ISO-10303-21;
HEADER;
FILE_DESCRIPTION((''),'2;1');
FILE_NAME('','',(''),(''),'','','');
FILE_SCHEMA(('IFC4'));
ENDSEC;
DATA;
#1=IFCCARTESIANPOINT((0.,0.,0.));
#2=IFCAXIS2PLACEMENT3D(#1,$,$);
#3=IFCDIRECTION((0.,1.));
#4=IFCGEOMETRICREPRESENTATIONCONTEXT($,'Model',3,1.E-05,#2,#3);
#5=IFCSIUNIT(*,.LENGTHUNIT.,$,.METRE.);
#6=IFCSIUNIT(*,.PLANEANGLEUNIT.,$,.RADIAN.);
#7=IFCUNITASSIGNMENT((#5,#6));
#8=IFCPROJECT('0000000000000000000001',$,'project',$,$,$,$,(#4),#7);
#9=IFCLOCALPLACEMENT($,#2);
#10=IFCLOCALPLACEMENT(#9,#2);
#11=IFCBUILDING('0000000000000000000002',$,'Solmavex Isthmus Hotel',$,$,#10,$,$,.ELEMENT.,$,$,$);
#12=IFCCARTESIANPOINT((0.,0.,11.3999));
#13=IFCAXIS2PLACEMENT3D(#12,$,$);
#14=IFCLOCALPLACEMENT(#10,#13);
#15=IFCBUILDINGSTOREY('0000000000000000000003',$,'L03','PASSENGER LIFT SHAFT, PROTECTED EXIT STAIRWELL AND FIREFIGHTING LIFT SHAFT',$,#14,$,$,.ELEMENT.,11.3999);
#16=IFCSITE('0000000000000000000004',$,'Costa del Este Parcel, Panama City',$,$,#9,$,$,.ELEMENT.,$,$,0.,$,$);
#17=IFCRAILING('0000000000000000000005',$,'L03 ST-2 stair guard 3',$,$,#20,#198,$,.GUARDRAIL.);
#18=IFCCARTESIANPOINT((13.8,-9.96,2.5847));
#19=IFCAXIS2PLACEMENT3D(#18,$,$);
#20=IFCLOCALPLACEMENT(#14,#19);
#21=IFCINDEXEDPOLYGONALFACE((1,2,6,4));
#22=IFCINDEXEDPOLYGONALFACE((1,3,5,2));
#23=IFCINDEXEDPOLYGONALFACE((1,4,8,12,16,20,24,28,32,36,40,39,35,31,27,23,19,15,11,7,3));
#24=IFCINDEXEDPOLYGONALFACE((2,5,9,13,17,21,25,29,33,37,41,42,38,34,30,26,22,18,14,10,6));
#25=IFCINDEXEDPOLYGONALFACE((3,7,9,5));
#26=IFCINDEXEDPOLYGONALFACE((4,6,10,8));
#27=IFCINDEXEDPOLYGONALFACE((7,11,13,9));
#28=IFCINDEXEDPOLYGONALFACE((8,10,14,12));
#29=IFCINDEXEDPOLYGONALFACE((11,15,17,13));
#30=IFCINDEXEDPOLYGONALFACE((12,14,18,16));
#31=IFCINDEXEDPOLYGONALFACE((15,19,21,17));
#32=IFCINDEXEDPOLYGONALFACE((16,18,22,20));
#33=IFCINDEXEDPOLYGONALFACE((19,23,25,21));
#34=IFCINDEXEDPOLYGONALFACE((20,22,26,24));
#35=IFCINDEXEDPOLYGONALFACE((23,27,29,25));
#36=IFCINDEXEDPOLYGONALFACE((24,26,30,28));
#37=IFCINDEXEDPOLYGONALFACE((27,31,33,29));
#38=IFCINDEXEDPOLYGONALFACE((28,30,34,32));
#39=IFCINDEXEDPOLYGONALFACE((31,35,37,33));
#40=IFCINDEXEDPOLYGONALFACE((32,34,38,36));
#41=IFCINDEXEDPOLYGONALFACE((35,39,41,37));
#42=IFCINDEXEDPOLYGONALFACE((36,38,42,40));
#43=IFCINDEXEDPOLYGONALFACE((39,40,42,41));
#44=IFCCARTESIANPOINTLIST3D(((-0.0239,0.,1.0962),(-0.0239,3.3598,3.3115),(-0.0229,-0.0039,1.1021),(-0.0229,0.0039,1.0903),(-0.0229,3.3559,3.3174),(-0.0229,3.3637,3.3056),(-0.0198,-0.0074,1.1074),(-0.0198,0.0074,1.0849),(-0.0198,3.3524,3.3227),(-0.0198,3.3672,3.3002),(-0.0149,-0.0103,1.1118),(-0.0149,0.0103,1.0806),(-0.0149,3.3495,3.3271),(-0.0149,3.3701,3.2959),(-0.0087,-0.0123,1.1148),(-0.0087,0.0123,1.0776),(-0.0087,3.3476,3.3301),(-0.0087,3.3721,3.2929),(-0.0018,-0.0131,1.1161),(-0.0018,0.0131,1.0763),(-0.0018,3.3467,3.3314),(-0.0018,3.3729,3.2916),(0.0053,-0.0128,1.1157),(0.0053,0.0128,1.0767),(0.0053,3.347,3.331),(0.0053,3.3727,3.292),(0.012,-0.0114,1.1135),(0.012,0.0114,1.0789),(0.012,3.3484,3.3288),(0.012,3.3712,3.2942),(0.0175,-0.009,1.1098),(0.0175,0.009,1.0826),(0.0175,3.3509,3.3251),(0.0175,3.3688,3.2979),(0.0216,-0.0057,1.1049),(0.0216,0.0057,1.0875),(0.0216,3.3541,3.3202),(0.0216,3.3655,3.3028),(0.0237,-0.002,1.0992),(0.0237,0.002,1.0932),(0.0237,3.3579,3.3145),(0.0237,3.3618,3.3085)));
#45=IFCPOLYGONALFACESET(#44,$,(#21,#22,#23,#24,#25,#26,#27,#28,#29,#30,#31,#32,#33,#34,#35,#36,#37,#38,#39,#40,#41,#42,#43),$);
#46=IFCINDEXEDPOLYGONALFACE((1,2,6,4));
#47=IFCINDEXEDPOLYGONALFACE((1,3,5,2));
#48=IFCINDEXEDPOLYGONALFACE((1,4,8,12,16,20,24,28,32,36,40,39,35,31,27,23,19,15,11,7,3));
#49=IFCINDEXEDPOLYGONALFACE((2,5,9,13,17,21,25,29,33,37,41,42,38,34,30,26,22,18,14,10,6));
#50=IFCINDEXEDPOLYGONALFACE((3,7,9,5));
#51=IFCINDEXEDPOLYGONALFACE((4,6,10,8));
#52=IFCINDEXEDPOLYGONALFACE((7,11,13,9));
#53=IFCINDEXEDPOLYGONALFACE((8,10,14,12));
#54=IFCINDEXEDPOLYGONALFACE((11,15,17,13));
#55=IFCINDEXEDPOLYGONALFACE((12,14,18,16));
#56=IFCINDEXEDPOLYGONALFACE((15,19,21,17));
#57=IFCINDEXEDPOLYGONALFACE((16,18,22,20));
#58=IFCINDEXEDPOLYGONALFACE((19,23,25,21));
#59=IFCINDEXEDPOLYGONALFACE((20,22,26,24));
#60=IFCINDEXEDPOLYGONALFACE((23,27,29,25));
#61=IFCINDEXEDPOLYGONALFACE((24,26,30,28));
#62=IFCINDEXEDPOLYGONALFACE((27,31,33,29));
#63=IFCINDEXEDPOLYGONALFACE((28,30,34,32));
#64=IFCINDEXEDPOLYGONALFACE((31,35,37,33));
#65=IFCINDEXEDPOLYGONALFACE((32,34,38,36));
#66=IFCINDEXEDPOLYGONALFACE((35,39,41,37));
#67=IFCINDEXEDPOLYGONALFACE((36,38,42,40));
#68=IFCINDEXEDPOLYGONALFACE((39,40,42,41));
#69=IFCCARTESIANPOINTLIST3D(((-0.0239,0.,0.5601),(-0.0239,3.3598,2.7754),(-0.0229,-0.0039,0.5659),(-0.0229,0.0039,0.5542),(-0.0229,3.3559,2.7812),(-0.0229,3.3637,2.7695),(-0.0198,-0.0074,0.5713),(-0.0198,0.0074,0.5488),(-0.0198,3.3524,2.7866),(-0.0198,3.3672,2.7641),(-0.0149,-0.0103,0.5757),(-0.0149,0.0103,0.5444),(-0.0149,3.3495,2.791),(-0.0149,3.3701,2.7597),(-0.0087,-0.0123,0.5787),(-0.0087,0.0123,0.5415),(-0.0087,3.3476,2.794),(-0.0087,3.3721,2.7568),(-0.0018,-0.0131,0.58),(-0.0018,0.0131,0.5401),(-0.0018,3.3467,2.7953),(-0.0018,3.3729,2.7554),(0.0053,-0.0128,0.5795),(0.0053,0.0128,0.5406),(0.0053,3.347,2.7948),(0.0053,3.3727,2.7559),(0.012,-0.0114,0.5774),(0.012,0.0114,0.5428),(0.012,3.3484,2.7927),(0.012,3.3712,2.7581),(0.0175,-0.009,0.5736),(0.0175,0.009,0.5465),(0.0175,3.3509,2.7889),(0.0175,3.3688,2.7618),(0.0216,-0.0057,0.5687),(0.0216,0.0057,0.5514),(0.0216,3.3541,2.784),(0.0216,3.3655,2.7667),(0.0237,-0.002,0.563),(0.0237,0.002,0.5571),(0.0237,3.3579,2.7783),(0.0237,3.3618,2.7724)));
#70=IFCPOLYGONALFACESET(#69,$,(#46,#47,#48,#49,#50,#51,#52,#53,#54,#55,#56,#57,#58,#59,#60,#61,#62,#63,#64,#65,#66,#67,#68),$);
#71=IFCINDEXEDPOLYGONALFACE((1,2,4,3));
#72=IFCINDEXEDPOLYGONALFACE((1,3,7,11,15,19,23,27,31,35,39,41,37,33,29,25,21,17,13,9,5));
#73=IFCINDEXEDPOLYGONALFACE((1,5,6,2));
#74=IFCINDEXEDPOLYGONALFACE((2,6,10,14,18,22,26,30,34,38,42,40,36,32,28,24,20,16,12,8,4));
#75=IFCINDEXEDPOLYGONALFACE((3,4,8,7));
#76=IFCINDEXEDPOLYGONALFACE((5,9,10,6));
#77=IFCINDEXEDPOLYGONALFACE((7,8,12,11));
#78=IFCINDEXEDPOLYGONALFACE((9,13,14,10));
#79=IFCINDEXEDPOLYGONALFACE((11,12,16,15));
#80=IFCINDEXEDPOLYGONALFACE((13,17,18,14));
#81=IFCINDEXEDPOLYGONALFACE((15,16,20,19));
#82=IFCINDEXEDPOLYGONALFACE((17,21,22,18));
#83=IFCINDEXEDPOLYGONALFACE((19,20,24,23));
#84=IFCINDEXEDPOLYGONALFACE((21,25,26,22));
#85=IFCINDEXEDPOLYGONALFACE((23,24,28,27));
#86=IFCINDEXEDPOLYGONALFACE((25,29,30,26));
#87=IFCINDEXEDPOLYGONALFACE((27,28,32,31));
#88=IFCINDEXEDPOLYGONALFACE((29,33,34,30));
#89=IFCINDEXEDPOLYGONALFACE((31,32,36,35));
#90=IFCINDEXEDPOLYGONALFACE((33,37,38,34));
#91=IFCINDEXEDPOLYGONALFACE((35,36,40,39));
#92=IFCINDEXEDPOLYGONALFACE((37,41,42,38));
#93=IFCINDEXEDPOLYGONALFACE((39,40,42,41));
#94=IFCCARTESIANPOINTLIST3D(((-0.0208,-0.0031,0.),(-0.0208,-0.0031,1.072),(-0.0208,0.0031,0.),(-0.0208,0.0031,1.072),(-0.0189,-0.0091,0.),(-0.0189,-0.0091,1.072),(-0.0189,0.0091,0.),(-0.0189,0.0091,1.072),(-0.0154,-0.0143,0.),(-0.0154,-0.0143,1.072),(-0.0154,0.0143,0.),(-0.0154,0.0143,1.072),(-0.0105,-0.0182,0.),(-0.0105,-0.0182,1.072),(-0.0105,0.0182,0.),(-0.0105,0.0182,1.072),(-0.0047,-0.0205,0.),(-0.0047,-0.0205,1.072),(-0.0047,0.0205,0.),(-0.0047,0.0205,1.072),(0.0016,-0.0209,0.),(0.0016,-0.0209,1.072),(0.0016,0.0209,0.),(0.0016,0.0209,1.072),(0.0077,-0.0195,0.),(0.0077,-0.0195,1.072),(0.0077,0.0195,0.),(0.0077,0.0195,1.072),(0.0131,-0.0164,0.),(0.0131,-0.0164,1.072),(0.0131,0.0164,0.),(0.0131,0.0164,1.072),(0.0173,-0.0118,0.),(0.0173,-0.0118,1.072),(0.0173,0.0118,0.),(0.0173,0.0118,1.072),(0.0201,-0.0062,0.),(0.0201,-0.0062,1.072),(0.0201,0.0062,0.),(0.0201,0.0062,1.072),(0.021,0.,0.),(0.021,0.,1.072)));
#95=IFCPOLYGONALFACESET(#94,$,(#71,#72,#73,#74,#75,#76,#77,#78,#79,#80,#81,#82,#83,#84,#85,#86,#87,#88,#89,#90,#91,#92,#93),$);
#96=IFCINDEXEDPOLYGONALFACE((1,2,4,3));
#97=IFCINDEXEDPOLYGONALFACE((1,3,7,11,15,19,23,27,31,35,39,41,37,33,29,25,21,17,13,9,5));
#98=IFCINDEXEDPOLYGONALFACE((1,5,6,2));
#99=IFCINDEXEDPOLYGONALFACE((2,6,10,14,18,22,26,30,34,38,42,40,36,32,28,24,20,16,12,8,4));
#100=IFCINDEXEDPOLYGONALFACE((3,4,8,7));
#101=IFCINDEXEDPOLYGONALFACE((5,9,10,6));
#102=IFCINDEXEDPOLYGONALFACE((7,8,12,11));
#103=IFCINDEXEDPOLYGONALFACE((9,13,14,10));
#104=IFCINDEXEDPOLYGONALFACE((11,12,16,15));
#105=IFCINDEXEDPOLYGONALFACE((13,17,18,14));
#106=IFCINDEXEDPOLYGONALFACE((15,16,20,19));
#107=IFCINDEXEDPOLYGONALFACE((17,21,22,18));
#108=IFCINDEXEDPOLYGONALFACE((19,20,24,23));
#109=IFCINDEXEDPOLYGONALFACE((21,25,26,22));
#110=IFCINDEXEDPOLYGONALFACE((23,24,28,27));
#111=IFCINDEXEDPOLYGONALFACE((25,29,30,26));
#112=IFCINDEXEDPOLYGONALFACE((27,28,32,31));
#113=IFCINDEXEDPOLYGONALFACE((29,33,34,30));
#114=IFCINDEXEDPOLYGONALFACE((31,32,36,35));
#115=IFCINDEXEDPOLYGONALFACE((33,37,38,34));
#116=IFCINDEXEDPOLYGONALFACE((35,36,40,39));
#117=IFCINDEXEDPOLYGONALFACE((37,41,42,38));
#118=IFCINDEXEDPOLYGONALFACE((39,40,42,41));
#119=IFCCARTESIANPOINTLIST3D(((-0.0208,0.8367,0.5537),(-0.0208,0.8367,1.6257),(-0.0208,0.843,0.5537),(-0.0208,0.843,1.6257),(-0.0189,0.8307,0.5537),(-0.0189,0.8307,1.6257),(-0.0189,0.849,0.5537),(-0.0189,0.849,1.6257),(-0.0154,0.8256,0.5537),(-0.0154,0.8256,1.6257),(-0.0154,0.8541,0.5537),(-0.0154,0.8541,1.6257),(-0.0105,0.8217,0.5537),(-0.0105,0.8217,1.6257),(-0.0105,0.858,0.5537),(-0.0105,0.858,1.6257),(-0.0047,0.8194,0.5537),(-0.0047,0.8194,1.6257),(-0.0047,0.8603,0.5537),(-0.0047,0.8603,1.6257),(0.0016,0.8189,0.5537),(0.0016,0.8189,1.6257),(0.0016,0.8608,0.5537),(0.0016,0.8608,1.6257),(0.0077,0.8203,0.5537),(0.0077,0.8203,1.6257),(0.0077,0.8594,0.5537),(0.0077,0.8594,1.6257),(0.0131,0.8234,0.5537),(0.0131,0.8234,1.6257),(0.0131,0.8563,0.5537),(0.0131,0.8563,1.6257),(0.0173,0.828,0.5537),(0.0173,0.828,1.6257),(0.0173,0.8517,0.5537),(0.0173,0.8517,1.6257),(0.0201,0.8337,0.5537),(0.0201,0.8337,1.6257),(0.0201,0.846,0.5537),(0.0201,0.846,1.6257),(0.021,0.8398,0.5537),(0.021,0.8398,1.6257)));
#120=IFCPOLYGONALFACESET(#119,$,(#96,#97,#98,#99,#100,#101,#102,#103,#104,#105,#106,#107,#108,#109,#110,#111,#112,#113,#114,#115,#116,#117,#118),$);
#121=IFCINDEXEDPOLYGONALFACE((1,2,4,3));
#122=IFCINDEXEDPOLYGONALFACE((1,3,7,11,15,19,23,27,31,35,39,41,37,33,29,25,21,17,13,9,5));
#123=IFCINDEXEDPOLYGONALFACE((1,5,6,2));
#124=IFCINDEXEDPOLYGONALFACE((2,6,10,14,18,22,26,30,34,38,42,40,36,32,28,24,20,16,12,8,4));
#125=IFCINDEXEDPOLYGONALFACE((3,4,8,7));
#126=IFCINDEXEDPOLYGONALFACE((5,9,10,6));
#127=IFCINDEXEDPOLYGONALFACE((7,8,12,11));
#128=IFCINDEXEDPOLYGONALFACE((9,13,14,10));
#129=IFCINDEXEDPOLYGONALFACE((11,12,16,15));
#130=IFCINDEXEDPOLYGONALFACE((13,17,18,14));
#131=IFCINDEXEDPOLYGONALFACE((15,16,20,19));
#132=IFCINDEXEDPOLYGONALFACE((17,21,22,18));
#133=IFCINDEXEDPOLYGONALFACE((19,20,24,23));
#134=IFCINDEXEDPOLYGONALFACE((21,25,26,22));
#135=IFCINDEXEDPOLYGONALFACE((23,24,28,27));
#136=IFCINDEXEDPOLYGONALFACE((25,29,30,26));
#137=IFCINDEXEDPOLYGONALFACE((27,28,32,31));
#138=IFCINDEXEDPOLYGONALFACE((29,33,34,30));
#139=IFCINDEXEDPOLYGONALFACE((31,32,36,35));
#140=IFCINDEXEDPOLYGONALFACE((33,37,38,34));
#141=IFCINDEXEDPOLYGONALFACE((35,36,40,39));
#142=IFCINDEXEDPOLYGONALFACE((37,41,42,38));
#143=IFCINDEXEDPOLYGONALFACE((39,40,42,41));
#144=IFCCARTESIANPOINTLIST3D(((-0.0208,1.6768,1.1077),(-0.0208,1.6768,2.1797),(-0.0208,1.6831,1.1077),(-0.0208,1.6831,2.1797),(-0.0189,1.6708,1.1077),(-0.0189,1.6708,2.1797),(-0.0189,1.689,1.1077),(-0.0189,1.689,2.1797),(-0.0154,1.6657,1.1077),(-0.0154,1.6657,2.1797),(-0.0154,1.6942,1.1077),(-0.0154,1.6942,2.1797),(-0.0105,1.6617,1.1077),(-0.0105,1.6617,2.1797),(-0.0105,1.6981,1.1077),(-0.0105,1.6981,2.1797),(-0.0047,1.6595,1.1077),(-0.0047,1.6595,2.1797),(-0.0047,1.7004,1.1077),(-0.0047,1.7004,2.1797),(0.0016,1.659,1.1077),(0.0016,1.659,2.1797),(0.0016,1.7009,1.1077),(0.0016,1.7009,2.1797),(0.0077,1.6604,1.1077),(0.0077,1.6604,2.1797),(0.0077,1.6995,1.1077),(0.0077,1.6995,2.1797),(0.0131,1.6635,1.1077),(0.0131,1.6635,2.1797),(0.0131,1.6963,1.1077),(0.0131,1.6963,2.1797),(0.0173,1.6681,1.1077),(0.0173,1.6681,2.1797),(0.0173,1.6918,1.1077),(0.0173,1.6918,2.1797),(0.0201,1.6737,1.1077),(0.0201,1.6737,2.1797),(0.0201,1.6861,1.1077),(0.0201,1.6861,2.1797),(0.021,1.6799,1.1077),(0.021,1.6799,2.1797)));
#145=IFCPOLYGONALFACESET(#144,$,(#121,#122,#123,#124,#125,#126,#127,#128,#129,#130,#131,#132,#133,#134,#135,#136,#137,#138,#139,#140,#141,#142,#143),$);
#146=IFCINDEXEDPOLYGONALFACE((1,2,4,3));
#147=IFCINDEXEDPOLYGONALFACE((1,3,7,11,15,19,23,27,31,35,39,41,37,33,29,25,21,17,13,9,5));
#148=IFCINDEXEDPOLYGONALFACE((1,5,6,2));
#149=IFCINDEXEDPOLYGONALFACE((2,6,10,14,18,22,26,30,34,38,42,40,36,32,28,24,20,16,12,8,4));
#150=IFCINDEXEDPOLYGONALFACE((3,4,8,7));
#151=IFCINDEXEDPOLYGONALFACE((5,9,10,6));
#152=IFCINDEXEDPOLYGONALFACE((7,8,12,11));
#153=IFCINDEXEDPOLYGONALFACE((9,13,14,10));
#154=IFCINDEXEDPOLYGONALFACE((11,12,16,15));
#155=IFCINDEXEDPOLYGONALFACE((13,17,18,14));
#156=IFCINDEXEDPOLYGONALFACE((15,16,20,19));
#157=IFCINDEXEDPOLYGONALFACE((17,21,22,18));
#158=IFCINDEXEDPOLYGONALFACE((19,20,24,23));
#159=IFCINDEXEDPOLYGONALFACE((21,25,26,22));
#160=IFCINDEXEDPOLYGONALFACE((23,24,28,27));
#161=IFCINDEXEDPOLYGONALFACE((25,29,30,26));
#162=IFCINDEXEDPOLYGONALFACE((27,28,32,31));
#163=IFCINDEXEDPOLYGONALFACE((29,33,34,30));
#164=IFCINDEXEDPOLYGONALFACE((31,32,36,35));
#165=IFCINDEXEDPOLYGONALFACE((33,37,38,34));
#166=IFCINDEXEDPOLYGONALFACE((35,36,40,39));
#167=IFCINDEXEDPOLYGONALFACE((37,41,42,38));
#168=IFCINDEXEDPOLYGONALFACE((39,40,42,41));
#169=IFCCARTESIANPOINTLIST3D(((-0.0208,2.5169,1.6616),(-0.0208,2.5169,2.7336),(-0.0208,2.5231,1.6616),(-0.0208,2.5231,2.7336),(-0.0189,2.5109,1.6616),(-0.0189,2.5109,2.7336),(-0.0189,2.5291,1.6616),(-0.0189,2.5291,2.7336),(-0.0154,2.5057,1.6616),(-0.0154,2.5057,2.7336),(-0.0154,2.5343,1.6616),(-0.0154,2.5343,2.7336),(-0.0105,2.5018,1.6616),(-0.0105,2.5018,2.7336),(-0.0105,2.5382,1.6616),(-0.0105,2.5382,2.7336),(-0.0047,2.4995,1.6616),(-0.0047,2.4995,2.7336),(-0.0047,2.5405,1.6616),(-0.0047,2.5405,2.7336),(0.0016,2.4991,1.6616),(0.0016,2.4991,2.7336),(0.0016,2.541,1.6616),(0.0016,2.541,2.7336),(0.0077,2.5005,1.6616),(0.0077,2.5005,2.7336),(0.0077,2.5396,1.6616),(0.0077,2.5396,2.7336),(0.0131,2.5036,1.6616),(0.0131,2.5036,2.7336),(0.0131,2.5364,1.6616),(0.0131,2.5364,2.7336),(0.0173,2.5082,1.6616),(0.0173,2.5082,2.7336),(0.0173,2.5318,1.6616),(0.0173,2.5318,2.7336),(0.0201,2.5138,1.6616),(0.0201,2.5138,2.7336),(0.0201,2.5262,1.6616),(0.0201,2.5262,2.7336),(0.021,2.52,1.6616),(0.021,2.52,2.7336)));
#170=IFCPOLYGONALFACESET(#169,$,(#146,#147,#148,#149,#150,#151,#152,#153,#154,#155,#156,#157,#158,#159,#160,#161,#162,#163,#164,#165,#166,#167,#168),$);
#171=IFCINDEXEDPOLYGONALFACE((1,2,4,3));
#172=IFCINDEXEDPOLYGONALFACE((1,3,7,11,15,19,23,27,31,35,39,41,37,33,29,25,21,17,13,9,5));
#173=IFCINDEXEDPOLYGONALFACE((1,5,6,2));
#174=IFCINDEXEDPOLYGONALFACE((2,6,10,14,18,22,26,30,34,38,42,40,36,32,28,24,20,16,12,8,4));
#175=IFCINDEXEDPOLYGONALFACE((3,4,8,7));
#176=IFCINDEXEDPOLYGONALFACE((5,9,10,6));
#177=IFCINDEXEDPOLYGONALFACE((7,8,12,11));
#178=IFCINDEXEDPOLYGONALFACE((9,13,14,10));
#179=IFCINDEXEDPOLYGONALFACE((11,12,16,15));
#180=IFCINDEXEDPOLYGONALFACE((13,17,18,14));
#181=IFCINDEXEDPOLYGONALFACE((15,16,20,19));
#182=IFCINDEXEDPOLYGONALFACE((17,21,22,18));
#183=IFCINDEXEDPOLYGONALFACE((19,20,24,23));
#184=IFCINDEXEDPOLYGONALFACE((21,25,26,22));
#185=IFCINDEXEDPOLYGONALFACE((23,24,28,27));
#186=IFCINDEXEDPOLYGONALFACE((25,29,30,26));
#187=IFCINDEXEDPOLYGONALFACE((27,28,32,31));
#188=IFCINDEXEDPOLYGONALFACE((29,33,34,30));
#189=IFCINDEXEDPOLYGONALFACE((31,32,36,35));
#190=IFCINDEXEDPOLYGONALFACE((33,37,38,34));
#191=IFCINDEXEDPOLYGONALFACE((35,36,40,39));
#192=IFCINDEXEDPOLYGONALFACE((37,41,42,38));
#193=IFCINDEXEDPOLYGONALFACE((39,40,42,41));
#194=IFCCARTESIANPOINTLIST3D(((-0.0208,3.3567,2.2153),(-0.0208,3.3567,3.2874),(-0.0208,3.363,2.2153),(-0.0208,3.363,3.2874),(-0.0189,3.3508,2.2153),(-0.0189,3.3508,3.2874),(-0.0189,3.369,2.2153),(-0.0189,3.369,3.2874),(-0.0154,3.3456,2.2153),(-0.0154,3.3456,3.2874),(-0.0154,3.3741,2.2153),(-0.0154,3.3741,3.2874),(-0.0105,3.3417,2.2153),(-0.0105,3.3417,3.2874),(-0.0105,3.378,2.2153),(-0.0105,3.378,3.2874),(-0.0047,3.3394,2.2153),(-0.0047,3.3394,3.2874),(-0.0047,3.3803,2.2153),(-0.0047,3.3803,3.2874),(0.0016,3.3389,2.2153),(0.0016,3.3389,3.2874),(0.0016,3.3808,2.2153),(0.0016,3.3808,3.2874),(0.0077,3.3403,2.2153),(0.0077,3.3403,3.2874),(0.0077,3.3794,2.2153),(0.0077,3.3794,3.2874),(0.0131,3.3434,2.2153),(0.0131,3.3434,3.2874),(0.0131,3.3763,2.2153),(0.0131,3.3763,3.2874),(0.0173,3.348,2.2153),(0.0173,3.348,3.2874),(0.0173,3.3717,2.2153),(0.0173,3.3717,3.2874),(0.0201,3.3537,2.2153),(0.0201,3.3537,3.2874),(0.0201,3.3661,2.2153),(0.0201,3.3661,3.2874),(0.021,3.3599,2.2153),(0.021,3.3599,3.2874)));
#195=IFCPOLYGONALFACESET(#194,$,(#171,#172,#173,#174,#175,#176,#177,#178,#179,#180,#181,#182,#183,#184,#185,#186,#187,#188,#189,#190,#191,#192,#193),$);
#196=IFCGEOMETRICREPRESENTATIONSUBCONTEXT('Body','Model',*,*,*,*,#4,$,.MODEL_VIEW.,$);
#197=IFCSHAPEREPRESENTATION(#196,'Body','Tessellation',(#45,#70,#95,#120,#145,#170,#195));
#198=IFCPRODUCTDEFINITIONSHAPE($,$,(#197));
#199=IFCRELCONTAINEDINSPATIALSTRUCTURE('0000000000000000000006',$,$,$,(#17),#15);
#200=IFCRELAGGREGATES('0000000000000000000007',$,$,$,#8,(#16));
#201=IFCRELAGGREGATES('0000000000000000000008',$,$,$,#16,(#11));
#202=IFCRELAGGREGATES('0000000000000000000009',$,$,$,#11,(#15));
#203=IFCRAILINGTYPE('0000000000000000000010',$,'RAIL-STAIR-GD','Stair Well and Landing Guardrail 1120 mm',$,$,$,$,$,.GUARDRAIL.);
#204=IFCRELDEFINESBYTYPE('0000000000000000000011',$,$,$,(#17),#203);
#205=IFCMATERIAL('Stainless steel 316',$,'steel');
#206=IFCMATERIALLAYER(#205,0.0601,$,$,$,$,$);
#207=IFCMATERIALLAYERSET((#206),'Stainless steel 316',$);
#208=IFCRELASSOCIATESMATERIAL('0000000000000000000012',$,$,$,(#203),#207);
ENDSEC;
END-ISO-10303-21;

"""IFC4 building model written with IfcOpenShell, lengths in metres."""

from ifc_helpers import new_model, si_unit, direction, frame, origin, origin_2d, place, context, subcontext, project, spatial, circle, extrude, material, layer, layer_set, type_object, element, save


model = new_model("IFC4")

# Units and contexts
model_context = context("Model", 3, precision=1e-05, world=origin(), true_north=direction((0.0, 1.0)))
body_context = subcontext(model_context, "Body", "Model", "MODEL_VIEW")
ifc_project = project(units=[si_unit("LENGTHUNIT", "METRE"), si_unit("PLANEANGLEUNIT", "RADIAN")], contexts=[model_context])

# Site, building, storey
site_placement = place(None, origin())
site = spatial("IfcSite", under=ifc_project, at=site_placement, Name="Costa del Este Parcel, Panama City", CompositionType="ELEMENT", RefElevation=0.0)
building_placement = place(site_placement, origin())
building = spatial("IfcBuilding", under=site, at=building_placement, Name="Solmavex Isthmus Hotel", CompositionType="ELEMENT")
storey_placement = place(building_placement, frame((0.0, 0.0, 11.3999)))
storey = spatial("IfcBuildingStorey", under=building, at=storey_placement, Name="L03", Description="PASSENGER LIFT SHAFT, PROTECTED EXIT STAIRWELL AND FIREFIGHTING LIFT SHAFT", CompositionType="ELEMENT", Elevation=11.3999)

# Railing
ifc_material_1 = material(Name="Stainless steel 316", Category="steel")
ifc_layer_1 = layer(ifc_material_1, 0.0601)
ifc_layer_set_1 = layer_set([ifc_layer_1], Name="Stainless steel 316")
railing_type_1 = type_object("IfcRailingType", Name="RAIL-STAIR-GD", Description="Stair Well and Landing Guardrail 1120 mm", PredefinedType="GUARDRAIL", material=ifc_layer_set_1)
railing_1_placement = place(storey_placement, frame((13.8, -9.96, 2.5847)))
element("IfcRailing", 1, at=railing_1_placement, inside=storey, type_object=railing_type_1, Name="L03 ST-2 stair guard 3", PredefinedType="GUARDRAIL", context=body_context, shape_type="SweptSolid", body=[
    extrude(circle(Radius=0.0239, at=origin_2d()), frame((0.0, 0.0, 1.0962), z_axis=(0.0, 0.834858, 0.550465), x_axis=(-1.0, 0.0, 0.0)), (0.0, 0.0, 1.0), 4.0244),
    extrude(circle(Radius=0.0239, at=origin_2d()), frame((0.0, 0.0, 0.5601), z_axis=(0.0, 0.834858, 0.550465), x_axis=(-1.0, 0.0, 0.0)), (0.0, 0.0, 1.0), 4.0244),
    extrude(circle(Radius=0.021, at=origin_2d()), origin(), (0.0, 0.0, 1.0), 1.072),
    extrude(circle(Radius=0.021, at=origin_2d()), frame((0.0, 0.8398, 0.5537)), (0.0, 0.0, 1.0), 1.072),
    extrude(circle(Radius=0.021, at=origin_2d()), frame((0.0, 1.6799, 1.1077)), (0.0, 0.0, 1.0), 1.072),
    extrude(circle(Radius=0.021, at=origin_2d()), frame((0.0, 2.52, 1.6616)), (0.0, 0.0, 1.0), 1.072),
    extrude(circle(Radius=0.021, at=origin_2d()), frame((0.0, 3.3599, 2.2153)), (0.0, 0.0, 1.0), 1.072),
])

save(model, "model.ifc")
